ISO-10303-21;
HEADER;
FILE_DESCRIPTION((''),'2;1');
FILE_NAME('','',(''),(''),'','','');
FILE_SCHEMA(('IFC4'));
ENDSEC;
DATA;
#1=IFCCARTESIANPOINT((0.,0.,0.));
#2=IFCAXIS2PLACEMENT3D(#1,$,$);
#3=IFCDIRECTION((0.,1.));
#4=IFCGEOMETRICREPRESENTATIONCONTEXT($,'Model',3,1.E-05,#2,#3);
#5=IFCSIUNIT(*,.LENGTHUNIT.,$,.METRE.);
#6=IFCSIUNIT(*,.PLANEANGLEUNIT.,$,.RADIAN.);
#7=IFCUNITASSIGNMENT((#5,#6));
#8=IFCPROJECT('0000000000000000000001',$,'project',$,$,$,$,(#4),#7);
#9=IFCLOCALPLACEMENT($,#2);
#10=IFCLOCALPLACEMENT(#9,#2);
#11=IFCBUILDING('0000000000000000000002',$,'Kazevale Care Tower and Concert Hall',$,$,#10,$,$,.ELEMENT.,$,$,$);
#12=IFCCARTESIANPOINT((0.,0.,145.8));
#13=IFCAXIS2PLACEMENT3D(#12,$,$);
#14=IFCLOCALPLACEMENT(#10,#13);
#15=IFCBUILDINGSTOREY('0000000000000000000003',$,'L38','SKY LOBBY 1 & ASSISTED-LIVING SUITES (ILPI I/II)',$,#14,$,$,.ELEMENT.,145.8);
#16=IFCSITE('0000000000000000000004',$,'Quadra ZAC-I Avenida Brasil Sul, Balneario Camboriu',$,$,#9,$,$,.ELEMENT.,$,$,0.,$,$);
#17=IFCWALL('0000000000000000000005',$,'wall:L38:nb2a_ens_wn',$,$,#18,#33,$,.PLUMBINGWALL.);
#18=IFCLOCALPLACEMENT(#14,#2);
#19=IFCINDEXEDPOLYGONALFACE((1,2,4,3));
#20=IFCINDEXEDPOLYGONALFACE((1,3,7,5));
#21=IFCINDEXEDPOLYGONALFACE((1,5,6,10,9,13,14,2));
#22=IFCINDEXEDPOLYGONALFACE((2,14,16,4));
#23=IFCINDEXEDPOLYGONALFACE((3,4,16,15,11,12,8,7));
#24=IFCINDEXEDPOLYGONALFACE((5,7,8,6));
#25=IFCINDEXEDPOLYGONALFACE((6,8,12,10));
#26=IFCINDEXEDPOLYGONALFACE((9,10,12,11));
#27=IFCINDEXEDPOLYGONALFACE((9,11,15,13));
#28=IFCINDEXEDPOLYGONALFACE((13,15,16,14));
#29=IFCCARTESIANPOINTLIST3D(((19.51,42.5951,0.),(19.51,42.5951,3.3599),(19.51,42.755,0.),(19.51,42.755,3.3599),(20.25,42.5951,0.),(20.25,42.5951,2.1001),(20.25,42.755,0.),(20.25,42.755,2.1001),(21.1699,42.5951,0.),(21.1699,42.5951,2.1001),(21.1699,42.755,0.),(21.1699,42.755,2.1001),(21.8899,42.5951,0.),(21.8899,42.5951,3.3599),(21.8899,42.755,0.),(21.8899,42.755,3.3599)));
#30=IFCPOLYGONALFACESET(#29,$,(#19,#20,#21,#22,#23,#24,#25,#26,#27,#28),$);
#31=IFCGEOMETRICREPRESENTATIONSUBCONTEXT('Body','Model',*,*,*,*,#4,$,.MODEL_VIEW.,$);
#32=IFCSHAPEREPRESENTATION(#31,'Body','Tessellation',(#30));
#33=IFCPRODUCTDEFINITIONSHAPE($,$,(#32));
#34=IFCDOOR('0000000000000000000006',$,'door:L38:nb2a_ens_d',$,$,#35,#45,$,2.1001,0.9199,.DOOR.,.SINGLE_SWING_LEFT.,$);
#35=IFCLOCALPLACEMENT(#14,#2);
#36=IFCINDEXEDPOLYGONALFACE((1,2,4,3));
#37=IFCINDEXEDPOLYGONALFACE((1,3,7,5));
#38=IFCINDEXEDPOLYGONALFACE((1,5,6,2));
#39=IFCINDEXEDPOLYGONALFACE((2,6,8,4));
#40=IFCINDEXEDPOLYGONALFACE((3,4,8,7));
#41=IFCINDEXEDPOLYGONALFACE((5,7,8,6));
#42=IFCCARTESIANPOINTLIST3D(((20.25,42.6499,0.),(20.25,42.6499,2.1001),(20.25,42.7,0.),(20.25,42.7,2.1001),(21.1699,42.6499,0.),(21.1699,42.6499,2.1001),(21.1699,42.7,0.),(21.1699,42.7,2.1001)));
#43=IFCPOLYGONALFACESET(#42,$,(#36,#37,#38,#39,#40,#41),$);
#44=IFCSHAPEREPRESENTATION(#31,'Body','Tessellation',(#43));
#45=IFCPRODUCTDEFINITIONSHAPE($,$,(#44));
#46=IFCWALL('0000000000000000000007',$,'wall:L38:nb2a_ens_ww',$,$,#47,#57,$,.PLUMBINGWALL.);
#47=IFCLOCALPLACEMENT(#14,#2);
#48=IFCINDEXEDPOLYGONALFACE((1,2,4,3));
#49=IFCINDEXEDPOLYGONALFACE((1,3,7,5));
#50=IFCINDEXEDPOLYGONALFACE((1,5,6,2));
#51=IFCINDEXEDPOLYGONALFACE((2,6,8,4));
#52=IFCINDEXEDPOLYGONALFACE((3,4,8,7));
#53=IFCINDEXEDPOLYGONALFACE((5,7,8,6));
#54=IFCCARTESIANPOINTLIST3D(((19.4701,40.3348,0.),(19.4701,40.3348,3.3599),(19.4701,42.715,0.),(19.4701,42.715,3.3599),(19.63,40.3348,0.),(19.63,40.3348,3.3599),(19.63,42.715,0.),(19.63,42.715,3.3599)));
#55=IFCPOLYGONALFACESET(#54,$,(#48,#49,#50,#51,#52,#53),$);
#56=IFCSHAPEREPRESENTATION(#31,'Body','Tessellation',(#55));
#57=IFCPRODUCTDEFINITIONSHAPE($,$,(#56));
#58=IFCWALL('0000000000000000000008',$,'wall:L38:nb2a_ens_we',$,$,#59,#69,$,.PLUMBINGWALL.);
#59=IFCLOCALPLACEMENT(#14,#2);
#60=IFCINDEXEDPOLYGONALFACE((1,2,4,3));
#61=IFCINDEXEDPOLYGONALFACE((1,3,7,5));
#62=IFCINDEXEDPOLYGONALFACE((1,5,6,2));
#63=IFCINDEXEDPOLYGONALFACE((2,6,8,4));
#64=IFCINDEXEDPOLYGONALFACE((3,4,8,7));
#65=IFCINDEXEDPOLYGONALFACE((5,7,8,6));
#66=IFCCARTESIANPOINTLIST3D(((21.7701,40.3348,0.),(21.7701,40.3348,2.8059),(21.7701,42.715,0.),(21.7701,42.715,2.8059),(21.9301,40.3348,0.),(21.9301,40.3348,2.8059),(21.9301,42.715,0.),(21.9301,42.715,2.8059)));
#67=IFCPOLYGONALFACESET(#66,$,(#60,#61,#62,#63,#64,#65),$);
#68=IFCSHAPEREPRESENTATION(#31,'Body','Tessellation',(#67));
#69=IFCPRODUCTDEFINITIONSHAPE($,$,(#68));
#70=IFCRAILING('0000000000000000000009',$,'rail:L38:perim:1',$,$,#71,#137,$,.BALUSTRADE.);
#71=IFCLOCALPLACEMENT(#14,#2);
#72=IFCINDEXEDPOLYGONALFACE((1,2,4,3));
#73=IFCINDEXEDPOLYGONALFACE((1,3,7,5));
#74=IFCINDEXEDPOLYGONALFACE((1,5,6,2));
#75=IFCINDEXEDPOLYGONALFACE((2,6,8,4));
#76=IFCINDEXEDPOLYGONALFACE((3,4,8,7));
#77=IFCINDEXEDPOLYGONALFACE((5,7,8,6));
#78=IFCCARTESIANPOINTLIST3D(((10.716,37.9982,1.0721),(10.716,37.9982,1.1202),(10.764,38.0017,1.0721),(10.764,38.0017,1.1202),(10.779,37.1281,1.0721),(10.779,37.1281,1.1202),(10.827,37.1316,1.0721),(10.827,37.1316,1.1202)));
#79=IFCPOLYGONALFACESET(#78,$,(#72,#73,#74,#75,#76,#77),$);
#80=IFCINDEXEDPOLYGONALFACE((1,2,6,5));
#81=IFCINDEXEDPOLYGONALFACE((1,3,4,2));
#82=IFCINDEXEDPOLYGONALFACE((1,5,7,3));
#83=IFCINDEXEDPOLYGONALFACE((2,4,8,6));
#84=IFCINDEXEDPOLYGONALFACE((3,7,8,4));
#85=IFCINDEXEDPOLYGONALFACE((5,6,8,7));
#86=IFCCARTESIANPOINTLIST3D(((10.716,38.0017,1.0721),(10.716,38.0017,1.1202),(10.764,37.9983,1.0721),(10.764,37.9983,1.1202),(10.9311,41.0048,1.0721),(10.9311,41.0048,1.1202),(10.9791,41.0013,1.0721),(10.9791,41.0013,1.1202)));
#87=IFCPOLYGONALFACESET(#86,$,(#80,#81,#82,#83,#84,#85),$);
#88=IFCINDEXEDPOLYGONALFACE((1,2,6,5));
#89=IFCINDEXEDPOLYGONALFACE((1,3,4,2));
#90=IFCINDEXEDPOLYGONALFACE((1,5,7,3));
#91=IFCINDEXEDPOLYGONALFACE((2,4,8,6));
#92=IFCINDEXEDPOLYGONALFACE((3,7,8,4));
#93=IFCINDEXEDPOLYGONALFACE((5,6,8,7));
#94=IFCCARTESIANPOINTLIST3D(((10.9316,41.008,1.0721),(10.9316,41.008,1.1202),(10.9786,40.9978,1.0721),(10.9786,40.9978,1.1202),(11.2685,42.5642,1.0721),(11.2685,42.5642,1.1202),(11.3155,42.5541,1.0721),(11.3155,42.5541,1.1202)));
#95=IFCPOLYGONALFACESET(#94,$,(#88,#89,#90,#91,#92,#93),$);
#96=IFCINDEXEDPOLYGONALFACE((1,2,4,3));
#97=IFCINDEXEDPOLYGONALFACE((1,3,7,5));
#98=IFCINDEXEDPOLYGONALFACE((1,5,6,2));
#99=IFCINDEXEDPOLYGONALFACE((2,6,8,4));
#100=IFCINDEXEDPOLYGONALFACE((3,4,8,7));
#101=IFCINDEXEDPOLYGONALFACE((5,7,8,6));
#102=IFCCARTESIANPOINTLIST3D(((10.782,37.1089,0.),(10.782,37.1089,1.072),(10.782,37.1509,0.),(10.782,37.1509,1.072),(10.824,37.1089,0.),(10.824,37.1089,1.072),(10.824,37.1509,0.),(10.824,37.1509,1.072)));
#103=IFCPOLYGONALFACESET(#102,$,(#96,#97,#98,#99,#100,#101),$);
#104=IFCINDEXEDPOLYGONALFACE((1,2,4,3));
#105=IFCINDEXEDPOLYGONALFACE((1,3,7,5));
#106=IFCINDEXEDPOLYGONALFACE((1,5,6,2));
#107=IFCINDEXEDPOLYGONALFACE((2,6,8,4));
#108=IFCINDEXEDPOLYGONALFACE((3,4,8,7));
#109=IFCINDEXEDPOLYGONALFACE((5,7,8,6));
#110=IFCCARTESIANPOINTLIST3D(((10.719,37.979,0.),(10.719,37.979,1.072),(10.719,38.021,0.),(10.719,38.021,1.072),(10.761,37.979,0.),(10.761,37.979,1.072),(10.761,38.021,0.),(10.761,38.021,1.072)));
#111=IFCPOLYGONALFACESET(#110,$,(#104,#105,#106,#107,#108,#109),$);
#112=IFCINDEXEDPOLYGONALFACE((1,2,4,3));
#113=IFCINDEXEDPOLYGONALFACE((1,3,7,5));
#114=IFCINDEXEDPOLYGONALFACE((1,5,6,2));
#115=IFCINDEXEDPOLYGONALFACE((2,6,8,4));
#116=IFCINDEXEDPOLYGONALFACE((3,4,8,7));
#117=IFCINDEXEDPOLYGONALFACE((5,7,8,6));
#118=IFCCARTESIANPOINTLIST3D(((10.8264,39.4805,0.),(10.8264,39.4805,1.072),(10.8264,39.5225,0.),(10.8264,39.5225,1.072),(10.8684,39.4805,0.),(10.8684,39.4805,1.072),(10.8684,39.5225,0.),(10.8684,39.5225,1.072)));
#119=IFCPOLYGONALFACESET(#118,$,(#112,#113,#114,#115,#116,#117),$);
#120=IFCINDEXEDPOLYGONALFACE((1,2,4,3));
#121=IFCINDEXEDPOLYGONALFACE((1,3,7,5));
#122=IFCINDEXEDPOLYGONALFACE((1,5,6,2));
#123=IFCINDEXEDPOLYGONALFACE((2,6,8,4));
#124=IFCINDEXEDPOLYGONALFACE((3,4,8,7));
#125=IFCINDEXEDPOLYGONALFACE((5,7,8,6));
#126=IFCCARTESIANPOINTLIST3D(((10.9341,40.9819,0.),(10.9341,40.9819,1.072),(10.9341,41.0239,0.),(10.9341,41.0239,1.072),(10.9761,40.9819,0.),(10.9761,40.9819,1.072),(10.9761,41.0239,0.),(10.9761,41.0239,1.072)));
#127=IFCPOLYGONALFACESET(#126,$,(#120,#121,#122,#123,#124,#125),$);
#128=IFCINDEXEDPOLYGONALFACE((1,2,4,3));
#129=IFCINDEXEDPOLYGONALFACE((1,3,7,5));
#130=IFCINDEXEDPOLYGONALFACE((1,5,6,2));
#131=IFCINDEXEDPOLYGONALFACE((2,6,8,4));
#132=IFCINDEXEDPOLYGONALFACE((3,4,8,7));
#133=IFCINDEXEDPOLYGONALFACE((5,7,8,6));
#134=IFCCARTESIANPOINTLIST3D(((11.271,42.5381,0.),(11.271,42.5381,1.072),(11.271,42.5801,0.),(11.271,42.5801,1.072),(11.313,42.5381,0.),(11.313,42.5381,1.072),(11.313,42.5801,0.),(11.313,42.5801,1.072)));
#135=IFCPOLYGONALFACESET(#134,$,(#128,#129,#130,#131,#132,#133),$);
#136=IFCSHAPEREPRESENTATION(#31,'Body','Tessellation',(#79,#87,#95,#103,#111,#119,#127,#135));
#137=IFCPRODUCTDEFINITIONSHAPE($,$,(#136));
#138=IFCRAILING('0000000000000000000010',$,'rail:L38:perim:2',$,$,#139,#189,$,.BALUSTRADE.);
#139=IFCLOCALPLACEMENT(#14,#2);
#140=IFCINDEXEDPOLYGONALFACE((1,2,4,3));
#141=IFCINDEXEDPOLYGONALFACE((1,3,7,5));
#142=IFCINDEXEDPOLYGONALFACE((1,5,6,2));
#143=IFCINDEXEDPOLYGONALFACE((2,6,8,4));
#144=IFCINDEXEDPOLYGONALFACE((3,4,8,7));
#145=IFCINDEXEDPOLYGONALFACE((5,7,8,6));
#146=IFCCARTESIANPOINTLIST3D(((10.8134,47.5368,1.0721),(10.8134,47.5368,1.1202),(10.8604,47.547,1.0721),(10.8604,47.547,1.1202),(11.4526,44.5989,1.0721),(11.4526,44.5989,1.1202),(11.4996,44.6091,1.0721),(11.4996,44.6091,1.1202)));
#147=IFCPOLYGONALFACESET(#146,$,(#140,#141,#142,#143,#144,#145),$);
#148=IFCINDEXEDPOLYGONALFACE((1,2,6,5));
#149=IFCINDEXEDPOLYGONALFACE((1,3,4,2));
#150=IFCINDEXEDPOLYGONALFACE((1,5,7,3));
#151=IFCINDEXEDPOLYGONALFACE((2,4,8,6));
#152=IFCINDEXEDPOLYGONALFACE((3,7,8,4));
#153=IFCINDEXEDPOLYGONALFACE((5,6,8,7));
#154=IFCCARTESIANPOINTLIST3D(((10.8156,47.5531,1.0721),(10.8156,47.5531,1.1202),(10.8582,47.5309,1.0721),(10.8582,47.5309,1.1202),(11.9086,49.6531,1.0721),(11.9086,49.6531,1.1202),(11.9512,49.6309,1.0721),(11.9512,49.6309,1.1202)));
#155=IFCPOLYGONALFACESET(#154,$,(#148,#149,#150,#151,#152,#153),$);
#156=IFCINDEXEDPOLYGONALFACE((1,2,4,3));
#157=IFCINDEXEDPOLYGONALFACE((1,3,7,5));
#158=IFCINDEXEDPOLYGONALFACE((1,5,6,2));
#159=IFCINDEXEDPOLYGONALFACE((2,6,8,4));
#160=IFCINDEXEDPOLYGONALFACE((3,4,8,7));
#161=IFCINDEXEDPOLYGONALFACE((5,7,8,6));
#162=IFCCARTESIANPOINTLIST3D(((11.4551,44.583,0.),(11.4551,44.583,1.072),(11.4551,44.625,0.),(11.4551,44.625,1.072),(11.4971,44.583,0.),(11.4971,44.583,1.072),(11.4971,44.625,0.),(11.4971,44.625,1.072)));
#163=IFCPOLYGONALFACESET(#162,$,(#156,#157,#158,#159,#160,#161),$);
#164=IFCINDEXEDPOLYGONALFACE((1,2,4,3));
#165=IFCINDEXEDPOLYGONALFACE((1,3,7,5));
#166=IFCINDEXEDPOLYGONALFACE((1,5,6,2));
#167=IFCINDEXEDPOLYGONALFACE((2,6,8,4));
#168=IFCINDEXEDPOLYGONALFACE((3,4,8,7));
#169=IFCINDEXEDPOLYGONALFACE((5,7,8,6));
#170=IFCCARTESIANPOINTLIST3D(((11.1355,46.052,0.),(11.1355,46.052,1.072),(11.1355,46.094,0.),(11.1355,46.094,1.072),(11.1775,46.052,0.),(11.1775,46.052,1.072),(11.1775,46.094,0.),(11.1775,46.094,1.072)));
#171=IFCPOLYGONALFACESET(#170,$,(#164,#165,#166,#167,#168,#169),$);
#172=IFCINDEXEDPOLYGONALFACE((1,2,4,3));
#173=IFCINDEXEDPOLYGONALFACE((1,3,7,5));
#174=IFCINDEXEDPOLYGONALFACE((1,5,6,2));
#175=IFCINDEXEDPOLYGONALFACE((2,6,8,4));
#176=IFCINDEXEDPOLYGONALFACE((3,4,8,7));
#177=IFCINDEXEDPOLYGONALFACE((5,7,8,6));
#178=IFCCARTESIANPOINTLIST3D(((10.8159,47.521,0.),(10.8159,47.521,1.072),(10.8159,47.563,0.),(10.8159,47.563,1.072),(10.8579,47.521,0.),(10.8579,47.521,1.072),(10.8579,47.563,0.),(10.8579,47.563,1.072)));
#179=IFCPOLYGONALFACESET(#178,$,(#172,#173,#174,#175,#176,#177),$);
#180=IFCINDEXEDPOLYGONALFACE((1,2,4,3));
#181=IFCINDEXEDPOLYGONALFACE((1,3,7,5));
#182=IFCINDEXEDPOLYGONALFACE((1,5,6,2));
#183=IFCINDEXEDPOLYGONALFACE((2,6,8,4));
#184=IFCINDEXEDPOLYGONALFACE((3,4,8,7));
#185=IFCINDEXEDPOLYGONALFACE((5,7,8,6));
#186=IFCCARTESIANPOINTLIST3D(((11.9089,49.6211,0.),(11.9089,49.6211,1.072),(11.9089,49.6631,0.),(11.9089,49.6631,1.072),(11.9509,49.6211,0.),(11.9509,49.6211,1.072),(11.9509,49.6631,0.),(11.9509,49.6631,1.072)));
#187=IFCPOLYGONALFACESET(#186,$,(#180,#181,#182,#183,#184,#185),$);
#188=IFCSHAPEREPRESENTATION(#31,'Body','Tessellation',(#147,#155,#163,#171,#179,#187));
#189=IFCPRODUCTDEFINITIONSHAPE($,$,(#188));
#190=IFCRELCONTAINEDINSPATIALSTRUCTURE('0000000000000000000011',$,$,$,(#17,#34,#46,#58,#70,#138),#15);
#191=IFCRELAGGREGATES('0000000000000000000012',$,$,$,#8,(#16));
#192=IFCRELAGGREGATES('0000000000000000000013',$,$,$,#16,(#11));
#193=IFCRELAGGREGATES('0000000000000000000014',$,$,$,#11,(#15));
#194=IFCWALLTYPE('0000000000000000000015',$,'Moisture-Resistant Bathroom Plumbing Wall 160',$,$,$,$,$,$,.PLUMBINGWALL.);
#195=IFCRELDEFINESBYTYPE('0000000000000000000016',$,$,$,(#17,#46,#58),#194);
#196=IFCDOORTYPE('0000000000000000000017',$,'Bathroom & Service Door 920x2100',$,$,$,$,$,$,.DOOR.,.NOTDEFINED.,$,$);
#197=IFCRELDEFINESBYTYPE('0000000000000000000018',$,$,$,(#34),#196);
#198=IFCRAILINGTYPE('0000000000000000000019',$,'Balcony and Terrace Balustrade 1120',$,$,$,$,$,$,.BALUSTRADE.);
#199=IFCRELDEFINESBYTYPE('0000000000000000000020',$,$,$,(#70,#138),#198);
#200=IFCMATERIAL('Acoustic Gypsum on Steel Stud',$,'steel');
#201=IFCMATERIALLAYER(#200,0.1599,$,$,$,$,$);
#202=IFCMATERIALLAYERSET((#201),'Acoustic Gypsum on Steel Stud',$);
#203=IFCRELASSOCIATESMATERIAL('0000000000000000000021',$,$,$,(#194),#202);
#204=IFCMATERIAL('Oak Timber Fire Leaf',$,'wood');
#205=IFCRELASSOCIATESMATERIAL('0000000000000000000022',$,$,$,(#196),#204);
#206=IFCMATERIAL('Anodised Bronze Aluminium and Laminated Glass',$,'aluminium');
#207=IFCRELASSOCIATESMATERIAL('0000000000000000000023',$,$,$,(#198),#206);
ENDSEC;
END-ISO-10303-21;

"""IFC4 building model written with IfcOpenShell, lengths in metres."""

from ifc_helpers import new_model, si_unit, direction, frame, frame_2d, origin, origin_2d, place, context, subcontext, project, spatial, rectangle, extrude, material, layer, layer_set, type_object, element, fill, save


model = new_model("IFC4")

# Units and contexts
model_context = context("Model", 3, precision=1e-05, world=origin(), true_north=direction((0.0, 1.0)))
body_context = subcontext(model_context, "Body", "Model", "MODEL_VIEW")
ifc_project = project(units=[si_unit("LENGTHUNIT", "METRE"), si_unit("PLANEANGLEUNIT", "RADIAN")], contexts=[model_context])

# Site, building, storey
site_placement = place(None, origin())
site = spatial("IfcSite", under=ifc_project, at=site_placement, Name="Quadra ZAC-I Avenida Brasil Sul, Balneario Camboriu", CompositionType="ELEMENT", RefElevation=0.0)
building_placement = place(site_placement, origin())
building = spatial("IfcBuilding", under=site, at=building_placement, Name="Kazevale Care Tower and Concert Hall", CompositionType="ELEMENT")
storey_placement = place(building_placement, frame((0.0, 0.0, 145.8)))
storey = spatial("IfcBuildingStorey", under=building, at=storey_placement, Name="L38", Description="SKY LOBBY 1 & ASSISTED-LIVING SUITES (ILPI I/II)", CompositionType="ELEMENT", Elevation=145.8)

# Shared definitions
ifc_material_1 = material(Name="Oak Timber Fire Leaf", Category="wood")

# Shared definitions
ifc_material_2 = material(Name="Acoustic Gypsum on Steel Stud", Category="steel")
ifc_layer_1 = layer(ifc_material_2, 0.1599)
ifc_layer_set_1 = layer_set([ifc_layer_1], Name="Acoustic Gypsum on Steel Stud")
wall_type_1 = type_object("IfcWallType", Name="Moisture-Resistant Bathroom Plumbing Wall 160", PredefinedType="PLUMBINGWALL", material=ifc_layer_set_1)

# Wall, opening, door
wall_1_placement = place(storey_placement, frame((19.51, 42.675, 0.0), z_axis=(0.0, 0.0, 1.0), x_axis=(1.0, 0.0, 0.0)))
wall_1 = element("IfcWall", 1, at=wall_1_placement, inside=storey, type_object=wall_type_1, Name="wall:L38:nb2a_ens_wn", PredefinedType="PLUMBINGWALL", context=body_context, shape_type="SweptSolid", body=[
    extrude(rectangle(XDim=2.3799, YDim=0.1599, at=frame_2d((1.1899, 0.0))), origin(), (0.0, 0.0, 1.0), 3.3599),
])
opening_1_placement = place(wall_1_placement, frame((0.74, 0.0, 0.0)))
opening_1 = element("IfcOpeningElement", 2, at=opening_1_placement, cuts=wall_1, PredefinedType="OPENING", context=body_context, shape_type="SweptSolid", body=[
    extrude(rectangle(XDim=0.9199, YDim=2.1001, at=frame_2d((0.46, 1.05))), frame((0.0, 0.0898, 0.0), z_axis=(0.0, -1.0, 0.0), x_axis=(1.0, 0.0, 0.0)), (0.0, 0.0, 1.0), 0.1799),
])
door_type_1 = type_object("IfcDoorType", Name="Bathroom & Service Door 920x2100", OperationType="NOTDEFINED", PredefinedType="DOOR", material=ifc_material_1)
door_1_placement = place(opening_1_placement, origin())
door_1 = element("IfcDoor", 3, at=door_1_placement, inside=storey, type_object=door_type_1, Name="door:L38:nb2a_ens_d", OperationType="SINGLE_SWING_LEFT", OverallHeight=2.1001, OverallWidth=0.9199, PredefinedType="DOOR", context=body_context, shape_type="SweptSolid", body=[
    extrude(rectangle(XDim=0.9199, YDim=2.1001, at=frame_2d((0.46, 1.05))), frame((0.0, 0.0249, 0.0), z_axis=(0.0, -1.0, 0.0), x_axis=(1.0, 0.0, 0.0)), (0.0, 0.0, 1.0), 0.05),
])
fill(opening_1, door_1)

# Walls
wall_2_placement = place(storey_placement, frame((19.55, 40.335, 0.0), z_axis=(0.0, 0.0, 1.0), x_axis=(0.0, 1.0, 0.0)))
element("IfcWall", 4, at=wall_2_placement, inside=storey, type_object=wall_type_1, Name="wall:L38:nb2a_ens_ww", PredefinedType="PLUMBINGWALL", context=body_context, shape_type="SweptSolid", body=[
    extrude(rectangle(XDim=2.3801, YDim=0.1599, at=frame_2d((1.1899, 0.0))), origin(), (0.0, 0.0, 1.0), 3.3599),
])
wall_3_placement = place(storey_placement, frame((21.8501, 40.335, 0.0), z_axis=(0.0, 0.0, 1.0), x_axis=(0.0, 1.0, 0.0)))
element("IfcWall", 5, at=wall_3_placement, inside=storey, type_object=wall_type_1, Name="wall:L38:nb2a_ens_we", PredefinedType="PLUMBINGWALL", context=body_context, shape_type="SweptSolid", body=[
    extrude(rectangle(XDim=2.3801, YDim=0.1599, at=frame_2d((1.1899, 0.0))), origin(), (0.0, 0.0, 1.0), 2.8059),
])

# Railings
ifc_material_3 = material(Name="Anodised Bronze Aluminium and Laminated Glass", Category="aluminium")
railing_type = type_object("IfcRailingType", Name="Balcony and Terrace Balustrade 1120", PredefinedType="BALUSTRADE", material=ifc_material_3)
railing_1_placement = place(storey_placement, frame((10.803, 37.1299, 0.0)))
element("IfcRailing", 6, at=railing_1_placement, inside=storey, type_object=railing_type, Name="rail:L38:perim:1", PredefinedType="BALUSTRADE", context=body_context, shape_type="SweptSolid", body=[
    extrude(rectangle(XDim=0.0481, YDim=0.0481, at=origin_2d()), frame((0.0, 0.0, 1.0962), z_axis=(-0.072202, 0.99739, 0.0), x_axis=(-0.99739, -0.072202, 0.0)), (0.0, 0.0, 1.0), 0.8723),
    extrude(rectangle(XDim=0.0481, YDim=0.0481, at=origin_2d()), frame((-0.063, 0.8701, 1.0962), z_axis=(0.071443, 0.997445, 0.0), x_axis=(-0.997445, 0.071443, 0.0)), (0.0, 0.0, 1.0), 3.0107),
    extrude(rectangle(XDim=0.0481, YDim=0.0481, at=origin_2d()), frame((0.1521, 3.873, 1.0962), z_axis=(0.211602, 0.977356, 0.0), x_axis=(-0.977356, 0.211602, 0.0)), (0.0, 0.0, 1.0), 1.5923),
    extrude(rectangle(XDim=0.042, YDim=0.042, at=origin_2d()), origin(), (0.0, 0.0, 1.0), 1.072),
    extrude(rectangle(XDim=0.042, YDim=0.042, at=origin_2d()), frame((-0.063, 0.8701, 0.0)), (0.0, 0.0, 1.0), 1.072),
    extrude(rectangle(XDim=0.042, YDim=0.042, at=origin_2d()), frame((0.0444, 2.3716, 0.0)), (0.0, 0.0, 1.0), 1.072),
    extrude(rectangle(XDim=0.042, YDim=0.042, at=origin_2d()), frame((0.1521, 3.873, 0.0)), (0.0, 0.0, 1.0), 1.072),
    extrude(rectangle(XDim=0.042, YDim=0.042, at=origin_2d()), frame((0.489, 5.4292, 0.0)), (0.0, 0.0, 1.0), 1.072),
])
railing_2_placement = place(storey_placement, frame((11.4761, 44.604, 0.0)))
element("IfcRailing", 7, at=railing_2_placement, inside=storey, type_object=railing_type, Name="rail:L38:perim:2", PredefinedType="BALUSTRADE", context=body_context, shape_type="SweptSolid", body=[
    extrude(rectangle(XDim=0.0481, YDim=0.0481, at=origin_2d()), frame((0.0, 0.0, 1.0962), z_axis=(-0.212578, 0.977144, 0.0), x_axis=(-0.977144, -0.212578, 0.0)), (0.0, 0.0, 1.0), 3.0066),
    extrude(rectangle(XDim=0.0481, YDim=0.0481, at=origin_2d()), frame((-0.6392, 2.938, 1.0962), z_axis=(0.461674, 0.88705, 0.0), x_axis=(-0.88705, 0.461674, 0.0)), (0.0, 0.0, 1.0), 2.3674),
    extrude(rectangle(XDim=0.042, YDim=0.042, at=origin_2d()), origin(), (0.0, 0.0, 1.0), 1.072),
    extrude(rectangle(XDim=0.042, YDim=0.042, at=origin_2d()), frame((-0.3196, 1.469, 0.0)), (0.0, 0.0, 1.0), 1.072),
    extrude(rectangle(XDim=0.042, YDim=0.042, at=origin_2d()), frame((-0.6392, 2.938, 0.0)), (0.0, 0.0, 1.0), 1.072),
    extrude(rectangle(XDim=0.042, YDim=0.042, at=origin_2d()), frame((0.4539, 5.0381, 0.0)), (0.0, 0.0, 1.0), 1.072),
])

save(model, "model.ifc")
